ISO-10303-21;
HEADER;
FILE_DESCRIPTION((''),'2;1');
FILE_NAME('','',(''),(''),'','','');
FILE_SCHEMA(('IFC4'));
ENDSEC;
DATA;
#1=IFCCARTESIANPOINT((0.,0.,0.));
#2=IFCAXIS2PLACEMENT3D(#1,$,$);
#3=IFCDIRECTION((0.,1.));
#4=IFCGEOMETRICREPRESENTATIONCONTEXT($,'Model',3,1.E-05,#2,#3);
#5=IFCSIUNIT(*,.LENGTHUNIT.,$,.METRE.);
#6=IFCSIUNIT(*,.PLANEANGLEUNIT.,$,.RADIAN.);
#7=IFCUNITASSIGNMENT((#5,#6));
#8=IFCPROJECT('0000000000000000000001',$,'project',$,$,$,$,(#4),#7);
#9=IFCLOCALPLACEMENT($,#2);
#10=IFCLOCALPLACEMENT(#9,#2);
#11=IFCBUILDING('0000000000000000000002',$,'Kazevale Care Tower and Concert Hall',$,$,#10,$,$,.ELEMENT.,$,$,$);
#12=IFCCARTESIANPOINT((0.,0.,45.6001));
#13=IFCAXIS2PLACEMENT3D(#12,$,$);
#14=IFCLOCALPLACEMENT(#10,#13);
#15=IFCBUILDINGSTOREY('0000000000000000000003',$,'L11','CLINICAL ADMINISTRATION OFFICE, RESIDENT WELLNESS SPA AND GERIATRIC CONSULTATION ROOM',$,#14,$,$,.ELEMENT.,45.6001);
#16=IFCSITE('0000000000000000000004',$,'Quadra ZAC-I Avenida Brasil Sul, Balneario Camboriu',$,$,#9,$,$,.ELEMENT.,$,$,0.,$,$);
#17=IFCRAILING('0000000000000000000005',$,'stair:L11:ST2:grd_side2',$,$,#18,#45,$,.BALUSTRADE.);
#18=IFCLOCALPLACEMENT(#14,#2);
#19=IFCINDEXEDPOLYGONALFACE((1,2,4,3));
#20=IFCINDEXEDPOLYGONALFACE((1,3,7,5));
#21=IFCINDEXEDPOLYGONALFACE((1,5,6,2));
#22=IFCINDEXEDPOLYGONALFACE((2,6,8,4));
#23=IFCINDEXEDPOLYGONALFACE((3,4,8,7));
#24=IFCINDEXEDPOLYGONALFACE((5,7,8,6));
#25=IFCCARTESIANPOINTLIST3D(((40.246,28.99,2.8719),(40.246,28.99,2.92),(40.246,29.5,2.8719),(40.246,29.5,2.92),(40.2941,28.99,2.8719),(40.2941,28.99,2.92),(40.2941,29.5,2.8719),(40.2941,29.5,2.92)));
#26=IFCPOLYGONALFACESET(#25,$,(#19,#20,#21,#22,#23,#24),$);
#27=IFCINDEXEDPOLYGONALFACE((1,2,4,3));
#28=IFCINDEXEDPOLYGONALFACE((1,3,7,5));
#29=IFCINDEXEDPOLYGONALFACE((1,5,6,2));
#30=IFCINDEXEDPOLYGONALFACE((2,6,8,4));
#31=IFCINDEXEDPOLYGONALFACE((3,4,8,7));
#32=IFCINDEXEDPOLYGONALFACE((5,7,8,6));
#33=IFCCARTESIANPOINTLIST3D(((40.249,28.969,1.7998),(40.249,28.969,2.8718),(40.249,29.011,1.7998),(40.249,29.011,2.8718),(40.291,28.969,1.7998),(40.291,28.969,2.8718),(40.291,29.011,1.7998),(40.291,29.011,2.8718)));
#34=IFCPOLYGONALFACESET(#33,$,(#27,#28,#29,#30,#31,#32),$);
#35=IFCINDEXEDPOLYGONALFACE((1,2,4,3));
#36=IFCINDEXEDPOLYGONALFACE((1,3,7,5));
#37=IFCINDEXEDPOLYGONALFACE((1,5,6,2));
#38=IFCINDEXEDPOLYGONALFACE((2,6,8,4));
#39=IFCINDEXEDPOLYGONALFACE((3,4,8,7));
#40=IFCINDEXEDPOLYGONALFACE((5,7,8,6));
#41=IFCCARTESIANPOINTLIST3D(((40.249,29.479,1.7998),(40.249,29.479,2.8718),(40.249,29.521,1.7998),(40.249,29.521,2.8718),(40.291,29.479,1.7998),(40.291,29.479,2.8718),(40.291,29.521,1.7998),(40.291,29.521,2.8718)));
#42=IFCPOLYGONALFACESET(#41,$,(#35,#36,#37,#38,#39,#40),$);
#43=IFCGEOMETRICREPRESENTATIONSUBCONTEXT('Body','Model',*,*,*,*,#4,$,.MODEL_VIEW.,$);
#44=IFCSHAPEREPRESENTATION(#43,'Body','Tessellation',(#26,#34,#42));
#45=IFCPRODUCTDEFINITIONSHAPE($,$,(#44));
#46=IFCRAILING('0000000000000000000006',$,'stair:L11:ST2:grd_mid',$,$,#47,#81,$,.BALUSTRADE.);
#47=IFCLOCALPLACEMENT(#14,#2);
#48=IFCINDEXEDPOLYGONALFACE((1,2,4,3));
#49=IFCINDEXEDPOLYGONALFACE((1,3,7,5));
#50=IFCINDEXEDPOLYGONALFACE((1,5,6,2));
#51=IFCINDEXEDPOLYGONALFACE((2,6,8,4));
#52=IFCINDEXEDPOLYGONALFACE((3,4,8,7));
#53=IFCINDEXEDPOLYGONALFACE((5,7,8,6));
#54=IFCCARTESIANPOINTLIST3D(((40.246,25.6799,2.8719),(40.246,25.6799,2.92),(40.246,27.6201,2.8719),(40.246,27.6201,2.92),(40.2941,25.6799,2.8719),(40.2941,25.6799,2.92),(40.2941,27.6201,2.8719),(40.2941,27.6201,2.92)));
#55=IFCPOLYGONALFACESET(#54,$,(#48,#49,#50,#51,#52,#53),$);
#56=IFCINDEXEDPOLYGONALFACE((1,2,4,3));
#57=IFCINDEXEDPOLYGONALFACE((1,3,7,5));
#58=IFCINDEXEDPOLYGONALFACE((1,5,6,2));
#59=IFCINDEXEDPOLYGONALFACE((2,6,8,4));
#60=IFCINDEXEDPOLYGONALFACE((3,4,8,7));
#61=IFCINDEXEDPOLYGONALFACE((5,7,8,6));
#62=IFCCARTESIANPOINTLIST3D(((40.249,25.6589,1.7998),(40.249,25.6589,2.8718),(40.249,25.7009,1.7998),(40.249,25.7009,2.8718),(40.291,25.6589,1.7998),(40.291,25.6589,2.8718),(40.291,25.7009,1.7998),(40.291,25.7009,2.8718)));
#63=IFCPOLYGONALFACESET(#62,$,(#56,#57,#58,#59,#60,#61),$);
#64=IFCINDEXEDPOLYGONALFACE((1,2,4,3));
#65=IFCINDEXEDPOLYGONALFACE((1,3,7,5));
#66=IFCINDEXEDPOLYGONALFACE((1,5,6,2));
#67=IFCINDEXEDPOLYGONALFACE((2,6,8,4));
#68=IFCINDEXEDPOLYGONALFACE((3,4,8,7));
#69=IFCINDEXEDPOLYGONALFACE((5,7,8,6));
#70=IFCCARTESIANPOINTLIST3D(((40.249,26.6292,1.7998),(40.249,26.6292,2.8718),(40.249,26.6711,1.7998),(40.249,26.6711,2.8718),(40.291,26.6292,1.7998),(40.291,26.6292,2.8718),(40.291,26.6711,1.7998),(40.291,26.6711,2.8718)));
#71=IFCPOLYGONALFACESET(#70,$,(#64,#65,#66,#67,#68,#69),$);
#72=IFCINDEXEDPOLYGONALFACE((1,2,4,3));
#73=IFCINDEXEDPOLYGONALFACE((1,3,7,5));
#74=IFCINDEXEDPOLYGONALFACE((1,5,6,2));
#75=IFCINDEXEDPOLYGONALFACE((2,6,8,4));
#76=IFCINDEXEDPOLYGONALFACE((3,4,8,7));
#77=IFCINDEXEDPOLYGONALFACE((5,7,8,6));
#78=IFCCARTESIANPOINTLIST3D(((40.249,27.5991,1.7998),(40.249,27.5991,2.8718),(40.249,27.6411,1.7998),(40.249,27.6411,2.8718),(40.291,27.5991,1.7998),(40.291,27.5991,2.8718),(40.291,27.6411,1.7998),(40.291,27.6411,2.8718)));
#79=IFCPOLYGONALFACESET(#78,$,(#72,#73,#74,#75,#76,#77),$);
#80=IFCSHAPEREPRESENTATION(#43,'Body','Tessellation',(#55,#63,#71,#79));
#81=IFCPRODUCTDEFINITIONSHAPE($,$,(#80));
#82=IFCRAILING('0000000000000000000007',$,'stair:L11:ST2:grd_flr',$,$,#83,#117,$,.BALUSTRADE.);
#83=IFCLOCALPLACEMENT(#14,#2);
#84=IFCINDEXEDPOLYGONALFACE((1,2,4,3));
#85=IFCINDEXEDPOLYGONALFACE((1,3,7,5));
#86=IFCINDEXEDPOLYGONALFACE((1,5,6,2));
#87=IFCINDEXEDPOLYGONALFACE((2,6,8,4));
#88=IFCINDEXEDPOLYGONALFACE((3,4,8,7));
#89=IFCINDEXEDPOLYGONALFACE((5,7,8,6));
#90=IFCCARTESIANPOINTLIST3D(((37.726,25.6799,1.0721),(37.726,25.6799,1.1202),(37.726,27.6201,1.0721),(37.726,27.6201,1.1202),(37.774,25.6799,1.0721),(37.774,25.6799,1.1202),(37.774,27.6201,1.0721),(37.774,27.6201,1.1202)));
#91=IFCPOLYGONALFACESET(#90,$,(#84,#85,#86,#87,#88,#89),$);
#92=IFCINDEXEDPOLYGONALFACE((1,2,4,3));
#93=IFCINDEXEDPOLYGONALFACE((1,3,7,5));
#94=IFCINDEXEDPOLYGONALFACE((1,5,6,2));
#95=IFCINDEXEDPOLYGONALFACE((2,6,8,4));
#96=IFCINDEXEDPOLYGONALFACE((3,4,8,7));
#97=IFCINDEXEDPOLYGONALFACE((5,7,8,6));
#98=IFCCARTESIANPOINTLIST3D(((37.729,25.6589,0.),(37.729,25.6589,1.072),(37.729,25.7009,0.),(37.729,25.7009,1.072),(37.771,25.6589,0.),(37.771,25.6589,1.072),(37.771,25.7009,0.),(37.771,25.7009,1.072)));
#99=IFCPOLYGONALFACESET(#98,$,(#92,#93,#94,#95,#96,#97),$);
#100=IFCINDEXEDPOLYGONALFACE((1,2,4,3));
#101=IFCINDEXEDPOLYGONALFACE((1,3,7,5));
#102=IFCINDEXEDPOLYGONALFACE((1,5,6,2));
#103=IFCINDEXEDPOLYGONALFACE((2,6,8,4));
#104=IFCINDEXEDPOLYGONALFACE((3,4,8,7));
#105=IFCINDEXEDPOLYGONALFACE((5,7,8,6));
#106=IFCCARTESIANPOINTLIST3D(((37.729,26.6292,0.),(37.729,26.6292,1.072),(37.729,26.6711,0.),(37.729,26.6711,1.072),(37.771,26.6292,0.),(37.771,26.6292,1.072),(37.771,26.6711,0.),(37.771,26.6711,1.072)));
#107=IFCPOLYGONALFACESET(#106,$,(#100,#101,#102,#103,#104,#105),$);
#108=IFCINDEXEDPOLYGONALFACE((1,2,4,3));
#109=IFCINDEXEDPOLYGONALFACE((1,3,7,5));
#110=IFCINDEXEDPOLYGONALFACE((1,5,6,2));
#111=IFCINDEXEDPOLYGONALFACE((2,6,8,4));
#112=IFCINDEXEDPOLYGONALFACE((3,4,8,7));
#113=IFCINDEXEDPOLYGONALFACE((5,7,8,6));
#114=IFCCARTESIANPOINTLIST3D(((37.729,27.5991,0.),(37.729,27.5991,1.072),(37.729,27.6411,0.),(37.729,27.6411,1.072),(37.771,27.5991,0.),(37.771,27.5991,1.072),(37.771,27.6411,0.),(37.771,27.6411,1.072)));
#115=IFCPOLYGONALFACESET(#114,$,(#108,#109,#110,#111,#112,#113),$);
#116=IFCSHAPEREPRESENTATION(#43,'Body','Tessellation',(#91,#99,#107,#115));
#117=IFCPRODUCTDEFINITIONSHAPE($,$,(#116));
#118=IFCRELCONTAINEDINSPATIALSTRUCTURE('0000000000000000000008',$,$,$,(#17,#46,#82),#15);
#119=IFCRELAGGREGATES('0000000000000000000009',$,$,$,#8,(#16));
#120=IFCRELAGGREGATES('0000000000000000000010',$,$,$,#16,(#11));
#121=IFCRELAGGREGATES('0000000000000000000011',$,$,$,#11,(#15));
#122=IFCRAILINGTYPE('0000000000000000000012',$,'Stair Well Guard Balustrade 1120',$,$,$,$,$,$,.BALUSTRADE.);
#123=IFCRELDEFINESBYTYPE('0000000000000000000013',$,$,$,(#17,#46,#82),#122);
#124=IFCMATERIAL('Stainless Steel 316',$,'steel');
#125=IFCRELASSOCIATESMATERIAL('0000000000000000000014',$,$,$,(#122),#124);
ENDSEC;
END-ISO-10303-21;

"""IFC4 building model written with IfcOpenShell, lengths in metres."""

from ifc_helpers import new_model, si_unit, direction, frame, origin, origin_2d, place, context, subcontext, project, spatial, rectangle, extrude, material, type_object, element, save


model = new_model("IFC4")

# Units and contexts
model_context = context("Model", 3, precision=1e-05, world=origin(), true_north=direction((0.0, 1.0)))
body_context = subcontext(model_context, "Body", "Model", "MODEL_VIEW")
ifc_project = project(units=[si_unit("LENGTHUNIT", "METRE"), si_unit("PLANEANGLEUNIT", "RADIAN")], contexts=[model_context])

# Site, building, storey
site_placement = place(None, origin())
site = spatial("IfcSite", under=ifc_project, at=site_placement, Name="Quadra ZAC-I Avenida Brasil Sul, Balneario Camboriu", CompositionType="ELEMENT", RefElevation=0.0)
building_placement = place(site_placement, origin())
building = spatial("IfcBuilding", under=site, at=building_placement, Name="Kazevale Care Tower and Concert Hall", CompositionType="ELEMENT")
storey_placement = place(building_placement, frame((0.0, 0.0, 45.6001)))
storey = spatial("IfcBuildingStorey", under=building, at=storey_placement, Name="L11", Description="CLINICAL ADMINISTRATION OFFICE, RESIDENT WELLNESS SPA AND GERIATRIC CONSULTATION ROOM", CompositionType="ELEMENT", Elevation=45.6001)

# Railings
ifc_material_1 = material(Name="Stainless Steel 316", Category="steel")
railing_type_1 = type_object("IfcRailingType", Name="Stair Well Guard Balustrade 1120", PredefinedType="BALUSTRADE", material=ifc_material_1)
railing_1_placement = place(storey_placement, frame((40.27, 28.99, 1.7998)))
element("IfcRailing", 1, at=railing_1_placement, inside=storey, type_object=railing_type_1, Name="stair:L11:ST2:grd_side2", PredefinedType="BALUSTRADE", context=body_context, shape_type="SweptSolid", body=[
    extrude(rectangle(XDim=0.0481, YDim=0.0481, at=origin_2d()), frame((0.0, 0.0, 1.0962), z_axis=(0.0, 1.0, 0.0), x_axis=(-1.0, 0.0, 0.0)), (0.0, 0.0, 1.0), 0.51),
    extrude(rectangle(XDim=0.042, YDim=0.042, at=origin_2d()), origin(), (0.0, 0.0, 1.0), 1.072),
    extrude(rectangle(XDim=0.042, YDim=0.042, at=origin_2d()), frame((0.0, 0.51, 0.0)), (0.0, 0.0, 1.0), 1.072),
])
for number, where, name in (
    (2, (40.27, 25.6799, 1.7998), "stair:L11:ST2:grd_mid"),
    (3, (37.75, 25.6799, 0.0), "stair:L11:ST2:grd_flr"),
):
    element("IfcRailing", number, at=place(storey_placement, frame(where)), inside=storey, type_object=railing_type_1, Name=name, PredefinedType="BALUSTRADE", context=body_context, shape_type="SweptSolid", body=[
        extrude(rectangle(XDim=0.0481, YDim=0.0481, at=origin_2d()), frame((0.0, 0.0, 1.0962), z_axis=(0.0, 1.0, 0.0), x_axis=(-1.0, 0.0, 0.0)), (0.0, 0.0, 1.0), 1.9402),
        extrude(rectangle(XDim=0.042, YDim=0.042, at=origin_2d()), origin(), (0.0, 0.0, 1.0), 1.072),
        extrude(rectangle(XDim=0.042, YDim=0.042, at=origin_2d()), frame((0.0, 0.9702, 0.0)), (0.0, 0.0, 1.0), 1.072),
        extrude(rectangle(XDim=0.042, YDim=0.042, at=origin_2d()), frame((0.0, 1.9402, 0.0)), (0.0, 0.0, 1.0), 1.072),
    ])

save(model, "model.ifc")
